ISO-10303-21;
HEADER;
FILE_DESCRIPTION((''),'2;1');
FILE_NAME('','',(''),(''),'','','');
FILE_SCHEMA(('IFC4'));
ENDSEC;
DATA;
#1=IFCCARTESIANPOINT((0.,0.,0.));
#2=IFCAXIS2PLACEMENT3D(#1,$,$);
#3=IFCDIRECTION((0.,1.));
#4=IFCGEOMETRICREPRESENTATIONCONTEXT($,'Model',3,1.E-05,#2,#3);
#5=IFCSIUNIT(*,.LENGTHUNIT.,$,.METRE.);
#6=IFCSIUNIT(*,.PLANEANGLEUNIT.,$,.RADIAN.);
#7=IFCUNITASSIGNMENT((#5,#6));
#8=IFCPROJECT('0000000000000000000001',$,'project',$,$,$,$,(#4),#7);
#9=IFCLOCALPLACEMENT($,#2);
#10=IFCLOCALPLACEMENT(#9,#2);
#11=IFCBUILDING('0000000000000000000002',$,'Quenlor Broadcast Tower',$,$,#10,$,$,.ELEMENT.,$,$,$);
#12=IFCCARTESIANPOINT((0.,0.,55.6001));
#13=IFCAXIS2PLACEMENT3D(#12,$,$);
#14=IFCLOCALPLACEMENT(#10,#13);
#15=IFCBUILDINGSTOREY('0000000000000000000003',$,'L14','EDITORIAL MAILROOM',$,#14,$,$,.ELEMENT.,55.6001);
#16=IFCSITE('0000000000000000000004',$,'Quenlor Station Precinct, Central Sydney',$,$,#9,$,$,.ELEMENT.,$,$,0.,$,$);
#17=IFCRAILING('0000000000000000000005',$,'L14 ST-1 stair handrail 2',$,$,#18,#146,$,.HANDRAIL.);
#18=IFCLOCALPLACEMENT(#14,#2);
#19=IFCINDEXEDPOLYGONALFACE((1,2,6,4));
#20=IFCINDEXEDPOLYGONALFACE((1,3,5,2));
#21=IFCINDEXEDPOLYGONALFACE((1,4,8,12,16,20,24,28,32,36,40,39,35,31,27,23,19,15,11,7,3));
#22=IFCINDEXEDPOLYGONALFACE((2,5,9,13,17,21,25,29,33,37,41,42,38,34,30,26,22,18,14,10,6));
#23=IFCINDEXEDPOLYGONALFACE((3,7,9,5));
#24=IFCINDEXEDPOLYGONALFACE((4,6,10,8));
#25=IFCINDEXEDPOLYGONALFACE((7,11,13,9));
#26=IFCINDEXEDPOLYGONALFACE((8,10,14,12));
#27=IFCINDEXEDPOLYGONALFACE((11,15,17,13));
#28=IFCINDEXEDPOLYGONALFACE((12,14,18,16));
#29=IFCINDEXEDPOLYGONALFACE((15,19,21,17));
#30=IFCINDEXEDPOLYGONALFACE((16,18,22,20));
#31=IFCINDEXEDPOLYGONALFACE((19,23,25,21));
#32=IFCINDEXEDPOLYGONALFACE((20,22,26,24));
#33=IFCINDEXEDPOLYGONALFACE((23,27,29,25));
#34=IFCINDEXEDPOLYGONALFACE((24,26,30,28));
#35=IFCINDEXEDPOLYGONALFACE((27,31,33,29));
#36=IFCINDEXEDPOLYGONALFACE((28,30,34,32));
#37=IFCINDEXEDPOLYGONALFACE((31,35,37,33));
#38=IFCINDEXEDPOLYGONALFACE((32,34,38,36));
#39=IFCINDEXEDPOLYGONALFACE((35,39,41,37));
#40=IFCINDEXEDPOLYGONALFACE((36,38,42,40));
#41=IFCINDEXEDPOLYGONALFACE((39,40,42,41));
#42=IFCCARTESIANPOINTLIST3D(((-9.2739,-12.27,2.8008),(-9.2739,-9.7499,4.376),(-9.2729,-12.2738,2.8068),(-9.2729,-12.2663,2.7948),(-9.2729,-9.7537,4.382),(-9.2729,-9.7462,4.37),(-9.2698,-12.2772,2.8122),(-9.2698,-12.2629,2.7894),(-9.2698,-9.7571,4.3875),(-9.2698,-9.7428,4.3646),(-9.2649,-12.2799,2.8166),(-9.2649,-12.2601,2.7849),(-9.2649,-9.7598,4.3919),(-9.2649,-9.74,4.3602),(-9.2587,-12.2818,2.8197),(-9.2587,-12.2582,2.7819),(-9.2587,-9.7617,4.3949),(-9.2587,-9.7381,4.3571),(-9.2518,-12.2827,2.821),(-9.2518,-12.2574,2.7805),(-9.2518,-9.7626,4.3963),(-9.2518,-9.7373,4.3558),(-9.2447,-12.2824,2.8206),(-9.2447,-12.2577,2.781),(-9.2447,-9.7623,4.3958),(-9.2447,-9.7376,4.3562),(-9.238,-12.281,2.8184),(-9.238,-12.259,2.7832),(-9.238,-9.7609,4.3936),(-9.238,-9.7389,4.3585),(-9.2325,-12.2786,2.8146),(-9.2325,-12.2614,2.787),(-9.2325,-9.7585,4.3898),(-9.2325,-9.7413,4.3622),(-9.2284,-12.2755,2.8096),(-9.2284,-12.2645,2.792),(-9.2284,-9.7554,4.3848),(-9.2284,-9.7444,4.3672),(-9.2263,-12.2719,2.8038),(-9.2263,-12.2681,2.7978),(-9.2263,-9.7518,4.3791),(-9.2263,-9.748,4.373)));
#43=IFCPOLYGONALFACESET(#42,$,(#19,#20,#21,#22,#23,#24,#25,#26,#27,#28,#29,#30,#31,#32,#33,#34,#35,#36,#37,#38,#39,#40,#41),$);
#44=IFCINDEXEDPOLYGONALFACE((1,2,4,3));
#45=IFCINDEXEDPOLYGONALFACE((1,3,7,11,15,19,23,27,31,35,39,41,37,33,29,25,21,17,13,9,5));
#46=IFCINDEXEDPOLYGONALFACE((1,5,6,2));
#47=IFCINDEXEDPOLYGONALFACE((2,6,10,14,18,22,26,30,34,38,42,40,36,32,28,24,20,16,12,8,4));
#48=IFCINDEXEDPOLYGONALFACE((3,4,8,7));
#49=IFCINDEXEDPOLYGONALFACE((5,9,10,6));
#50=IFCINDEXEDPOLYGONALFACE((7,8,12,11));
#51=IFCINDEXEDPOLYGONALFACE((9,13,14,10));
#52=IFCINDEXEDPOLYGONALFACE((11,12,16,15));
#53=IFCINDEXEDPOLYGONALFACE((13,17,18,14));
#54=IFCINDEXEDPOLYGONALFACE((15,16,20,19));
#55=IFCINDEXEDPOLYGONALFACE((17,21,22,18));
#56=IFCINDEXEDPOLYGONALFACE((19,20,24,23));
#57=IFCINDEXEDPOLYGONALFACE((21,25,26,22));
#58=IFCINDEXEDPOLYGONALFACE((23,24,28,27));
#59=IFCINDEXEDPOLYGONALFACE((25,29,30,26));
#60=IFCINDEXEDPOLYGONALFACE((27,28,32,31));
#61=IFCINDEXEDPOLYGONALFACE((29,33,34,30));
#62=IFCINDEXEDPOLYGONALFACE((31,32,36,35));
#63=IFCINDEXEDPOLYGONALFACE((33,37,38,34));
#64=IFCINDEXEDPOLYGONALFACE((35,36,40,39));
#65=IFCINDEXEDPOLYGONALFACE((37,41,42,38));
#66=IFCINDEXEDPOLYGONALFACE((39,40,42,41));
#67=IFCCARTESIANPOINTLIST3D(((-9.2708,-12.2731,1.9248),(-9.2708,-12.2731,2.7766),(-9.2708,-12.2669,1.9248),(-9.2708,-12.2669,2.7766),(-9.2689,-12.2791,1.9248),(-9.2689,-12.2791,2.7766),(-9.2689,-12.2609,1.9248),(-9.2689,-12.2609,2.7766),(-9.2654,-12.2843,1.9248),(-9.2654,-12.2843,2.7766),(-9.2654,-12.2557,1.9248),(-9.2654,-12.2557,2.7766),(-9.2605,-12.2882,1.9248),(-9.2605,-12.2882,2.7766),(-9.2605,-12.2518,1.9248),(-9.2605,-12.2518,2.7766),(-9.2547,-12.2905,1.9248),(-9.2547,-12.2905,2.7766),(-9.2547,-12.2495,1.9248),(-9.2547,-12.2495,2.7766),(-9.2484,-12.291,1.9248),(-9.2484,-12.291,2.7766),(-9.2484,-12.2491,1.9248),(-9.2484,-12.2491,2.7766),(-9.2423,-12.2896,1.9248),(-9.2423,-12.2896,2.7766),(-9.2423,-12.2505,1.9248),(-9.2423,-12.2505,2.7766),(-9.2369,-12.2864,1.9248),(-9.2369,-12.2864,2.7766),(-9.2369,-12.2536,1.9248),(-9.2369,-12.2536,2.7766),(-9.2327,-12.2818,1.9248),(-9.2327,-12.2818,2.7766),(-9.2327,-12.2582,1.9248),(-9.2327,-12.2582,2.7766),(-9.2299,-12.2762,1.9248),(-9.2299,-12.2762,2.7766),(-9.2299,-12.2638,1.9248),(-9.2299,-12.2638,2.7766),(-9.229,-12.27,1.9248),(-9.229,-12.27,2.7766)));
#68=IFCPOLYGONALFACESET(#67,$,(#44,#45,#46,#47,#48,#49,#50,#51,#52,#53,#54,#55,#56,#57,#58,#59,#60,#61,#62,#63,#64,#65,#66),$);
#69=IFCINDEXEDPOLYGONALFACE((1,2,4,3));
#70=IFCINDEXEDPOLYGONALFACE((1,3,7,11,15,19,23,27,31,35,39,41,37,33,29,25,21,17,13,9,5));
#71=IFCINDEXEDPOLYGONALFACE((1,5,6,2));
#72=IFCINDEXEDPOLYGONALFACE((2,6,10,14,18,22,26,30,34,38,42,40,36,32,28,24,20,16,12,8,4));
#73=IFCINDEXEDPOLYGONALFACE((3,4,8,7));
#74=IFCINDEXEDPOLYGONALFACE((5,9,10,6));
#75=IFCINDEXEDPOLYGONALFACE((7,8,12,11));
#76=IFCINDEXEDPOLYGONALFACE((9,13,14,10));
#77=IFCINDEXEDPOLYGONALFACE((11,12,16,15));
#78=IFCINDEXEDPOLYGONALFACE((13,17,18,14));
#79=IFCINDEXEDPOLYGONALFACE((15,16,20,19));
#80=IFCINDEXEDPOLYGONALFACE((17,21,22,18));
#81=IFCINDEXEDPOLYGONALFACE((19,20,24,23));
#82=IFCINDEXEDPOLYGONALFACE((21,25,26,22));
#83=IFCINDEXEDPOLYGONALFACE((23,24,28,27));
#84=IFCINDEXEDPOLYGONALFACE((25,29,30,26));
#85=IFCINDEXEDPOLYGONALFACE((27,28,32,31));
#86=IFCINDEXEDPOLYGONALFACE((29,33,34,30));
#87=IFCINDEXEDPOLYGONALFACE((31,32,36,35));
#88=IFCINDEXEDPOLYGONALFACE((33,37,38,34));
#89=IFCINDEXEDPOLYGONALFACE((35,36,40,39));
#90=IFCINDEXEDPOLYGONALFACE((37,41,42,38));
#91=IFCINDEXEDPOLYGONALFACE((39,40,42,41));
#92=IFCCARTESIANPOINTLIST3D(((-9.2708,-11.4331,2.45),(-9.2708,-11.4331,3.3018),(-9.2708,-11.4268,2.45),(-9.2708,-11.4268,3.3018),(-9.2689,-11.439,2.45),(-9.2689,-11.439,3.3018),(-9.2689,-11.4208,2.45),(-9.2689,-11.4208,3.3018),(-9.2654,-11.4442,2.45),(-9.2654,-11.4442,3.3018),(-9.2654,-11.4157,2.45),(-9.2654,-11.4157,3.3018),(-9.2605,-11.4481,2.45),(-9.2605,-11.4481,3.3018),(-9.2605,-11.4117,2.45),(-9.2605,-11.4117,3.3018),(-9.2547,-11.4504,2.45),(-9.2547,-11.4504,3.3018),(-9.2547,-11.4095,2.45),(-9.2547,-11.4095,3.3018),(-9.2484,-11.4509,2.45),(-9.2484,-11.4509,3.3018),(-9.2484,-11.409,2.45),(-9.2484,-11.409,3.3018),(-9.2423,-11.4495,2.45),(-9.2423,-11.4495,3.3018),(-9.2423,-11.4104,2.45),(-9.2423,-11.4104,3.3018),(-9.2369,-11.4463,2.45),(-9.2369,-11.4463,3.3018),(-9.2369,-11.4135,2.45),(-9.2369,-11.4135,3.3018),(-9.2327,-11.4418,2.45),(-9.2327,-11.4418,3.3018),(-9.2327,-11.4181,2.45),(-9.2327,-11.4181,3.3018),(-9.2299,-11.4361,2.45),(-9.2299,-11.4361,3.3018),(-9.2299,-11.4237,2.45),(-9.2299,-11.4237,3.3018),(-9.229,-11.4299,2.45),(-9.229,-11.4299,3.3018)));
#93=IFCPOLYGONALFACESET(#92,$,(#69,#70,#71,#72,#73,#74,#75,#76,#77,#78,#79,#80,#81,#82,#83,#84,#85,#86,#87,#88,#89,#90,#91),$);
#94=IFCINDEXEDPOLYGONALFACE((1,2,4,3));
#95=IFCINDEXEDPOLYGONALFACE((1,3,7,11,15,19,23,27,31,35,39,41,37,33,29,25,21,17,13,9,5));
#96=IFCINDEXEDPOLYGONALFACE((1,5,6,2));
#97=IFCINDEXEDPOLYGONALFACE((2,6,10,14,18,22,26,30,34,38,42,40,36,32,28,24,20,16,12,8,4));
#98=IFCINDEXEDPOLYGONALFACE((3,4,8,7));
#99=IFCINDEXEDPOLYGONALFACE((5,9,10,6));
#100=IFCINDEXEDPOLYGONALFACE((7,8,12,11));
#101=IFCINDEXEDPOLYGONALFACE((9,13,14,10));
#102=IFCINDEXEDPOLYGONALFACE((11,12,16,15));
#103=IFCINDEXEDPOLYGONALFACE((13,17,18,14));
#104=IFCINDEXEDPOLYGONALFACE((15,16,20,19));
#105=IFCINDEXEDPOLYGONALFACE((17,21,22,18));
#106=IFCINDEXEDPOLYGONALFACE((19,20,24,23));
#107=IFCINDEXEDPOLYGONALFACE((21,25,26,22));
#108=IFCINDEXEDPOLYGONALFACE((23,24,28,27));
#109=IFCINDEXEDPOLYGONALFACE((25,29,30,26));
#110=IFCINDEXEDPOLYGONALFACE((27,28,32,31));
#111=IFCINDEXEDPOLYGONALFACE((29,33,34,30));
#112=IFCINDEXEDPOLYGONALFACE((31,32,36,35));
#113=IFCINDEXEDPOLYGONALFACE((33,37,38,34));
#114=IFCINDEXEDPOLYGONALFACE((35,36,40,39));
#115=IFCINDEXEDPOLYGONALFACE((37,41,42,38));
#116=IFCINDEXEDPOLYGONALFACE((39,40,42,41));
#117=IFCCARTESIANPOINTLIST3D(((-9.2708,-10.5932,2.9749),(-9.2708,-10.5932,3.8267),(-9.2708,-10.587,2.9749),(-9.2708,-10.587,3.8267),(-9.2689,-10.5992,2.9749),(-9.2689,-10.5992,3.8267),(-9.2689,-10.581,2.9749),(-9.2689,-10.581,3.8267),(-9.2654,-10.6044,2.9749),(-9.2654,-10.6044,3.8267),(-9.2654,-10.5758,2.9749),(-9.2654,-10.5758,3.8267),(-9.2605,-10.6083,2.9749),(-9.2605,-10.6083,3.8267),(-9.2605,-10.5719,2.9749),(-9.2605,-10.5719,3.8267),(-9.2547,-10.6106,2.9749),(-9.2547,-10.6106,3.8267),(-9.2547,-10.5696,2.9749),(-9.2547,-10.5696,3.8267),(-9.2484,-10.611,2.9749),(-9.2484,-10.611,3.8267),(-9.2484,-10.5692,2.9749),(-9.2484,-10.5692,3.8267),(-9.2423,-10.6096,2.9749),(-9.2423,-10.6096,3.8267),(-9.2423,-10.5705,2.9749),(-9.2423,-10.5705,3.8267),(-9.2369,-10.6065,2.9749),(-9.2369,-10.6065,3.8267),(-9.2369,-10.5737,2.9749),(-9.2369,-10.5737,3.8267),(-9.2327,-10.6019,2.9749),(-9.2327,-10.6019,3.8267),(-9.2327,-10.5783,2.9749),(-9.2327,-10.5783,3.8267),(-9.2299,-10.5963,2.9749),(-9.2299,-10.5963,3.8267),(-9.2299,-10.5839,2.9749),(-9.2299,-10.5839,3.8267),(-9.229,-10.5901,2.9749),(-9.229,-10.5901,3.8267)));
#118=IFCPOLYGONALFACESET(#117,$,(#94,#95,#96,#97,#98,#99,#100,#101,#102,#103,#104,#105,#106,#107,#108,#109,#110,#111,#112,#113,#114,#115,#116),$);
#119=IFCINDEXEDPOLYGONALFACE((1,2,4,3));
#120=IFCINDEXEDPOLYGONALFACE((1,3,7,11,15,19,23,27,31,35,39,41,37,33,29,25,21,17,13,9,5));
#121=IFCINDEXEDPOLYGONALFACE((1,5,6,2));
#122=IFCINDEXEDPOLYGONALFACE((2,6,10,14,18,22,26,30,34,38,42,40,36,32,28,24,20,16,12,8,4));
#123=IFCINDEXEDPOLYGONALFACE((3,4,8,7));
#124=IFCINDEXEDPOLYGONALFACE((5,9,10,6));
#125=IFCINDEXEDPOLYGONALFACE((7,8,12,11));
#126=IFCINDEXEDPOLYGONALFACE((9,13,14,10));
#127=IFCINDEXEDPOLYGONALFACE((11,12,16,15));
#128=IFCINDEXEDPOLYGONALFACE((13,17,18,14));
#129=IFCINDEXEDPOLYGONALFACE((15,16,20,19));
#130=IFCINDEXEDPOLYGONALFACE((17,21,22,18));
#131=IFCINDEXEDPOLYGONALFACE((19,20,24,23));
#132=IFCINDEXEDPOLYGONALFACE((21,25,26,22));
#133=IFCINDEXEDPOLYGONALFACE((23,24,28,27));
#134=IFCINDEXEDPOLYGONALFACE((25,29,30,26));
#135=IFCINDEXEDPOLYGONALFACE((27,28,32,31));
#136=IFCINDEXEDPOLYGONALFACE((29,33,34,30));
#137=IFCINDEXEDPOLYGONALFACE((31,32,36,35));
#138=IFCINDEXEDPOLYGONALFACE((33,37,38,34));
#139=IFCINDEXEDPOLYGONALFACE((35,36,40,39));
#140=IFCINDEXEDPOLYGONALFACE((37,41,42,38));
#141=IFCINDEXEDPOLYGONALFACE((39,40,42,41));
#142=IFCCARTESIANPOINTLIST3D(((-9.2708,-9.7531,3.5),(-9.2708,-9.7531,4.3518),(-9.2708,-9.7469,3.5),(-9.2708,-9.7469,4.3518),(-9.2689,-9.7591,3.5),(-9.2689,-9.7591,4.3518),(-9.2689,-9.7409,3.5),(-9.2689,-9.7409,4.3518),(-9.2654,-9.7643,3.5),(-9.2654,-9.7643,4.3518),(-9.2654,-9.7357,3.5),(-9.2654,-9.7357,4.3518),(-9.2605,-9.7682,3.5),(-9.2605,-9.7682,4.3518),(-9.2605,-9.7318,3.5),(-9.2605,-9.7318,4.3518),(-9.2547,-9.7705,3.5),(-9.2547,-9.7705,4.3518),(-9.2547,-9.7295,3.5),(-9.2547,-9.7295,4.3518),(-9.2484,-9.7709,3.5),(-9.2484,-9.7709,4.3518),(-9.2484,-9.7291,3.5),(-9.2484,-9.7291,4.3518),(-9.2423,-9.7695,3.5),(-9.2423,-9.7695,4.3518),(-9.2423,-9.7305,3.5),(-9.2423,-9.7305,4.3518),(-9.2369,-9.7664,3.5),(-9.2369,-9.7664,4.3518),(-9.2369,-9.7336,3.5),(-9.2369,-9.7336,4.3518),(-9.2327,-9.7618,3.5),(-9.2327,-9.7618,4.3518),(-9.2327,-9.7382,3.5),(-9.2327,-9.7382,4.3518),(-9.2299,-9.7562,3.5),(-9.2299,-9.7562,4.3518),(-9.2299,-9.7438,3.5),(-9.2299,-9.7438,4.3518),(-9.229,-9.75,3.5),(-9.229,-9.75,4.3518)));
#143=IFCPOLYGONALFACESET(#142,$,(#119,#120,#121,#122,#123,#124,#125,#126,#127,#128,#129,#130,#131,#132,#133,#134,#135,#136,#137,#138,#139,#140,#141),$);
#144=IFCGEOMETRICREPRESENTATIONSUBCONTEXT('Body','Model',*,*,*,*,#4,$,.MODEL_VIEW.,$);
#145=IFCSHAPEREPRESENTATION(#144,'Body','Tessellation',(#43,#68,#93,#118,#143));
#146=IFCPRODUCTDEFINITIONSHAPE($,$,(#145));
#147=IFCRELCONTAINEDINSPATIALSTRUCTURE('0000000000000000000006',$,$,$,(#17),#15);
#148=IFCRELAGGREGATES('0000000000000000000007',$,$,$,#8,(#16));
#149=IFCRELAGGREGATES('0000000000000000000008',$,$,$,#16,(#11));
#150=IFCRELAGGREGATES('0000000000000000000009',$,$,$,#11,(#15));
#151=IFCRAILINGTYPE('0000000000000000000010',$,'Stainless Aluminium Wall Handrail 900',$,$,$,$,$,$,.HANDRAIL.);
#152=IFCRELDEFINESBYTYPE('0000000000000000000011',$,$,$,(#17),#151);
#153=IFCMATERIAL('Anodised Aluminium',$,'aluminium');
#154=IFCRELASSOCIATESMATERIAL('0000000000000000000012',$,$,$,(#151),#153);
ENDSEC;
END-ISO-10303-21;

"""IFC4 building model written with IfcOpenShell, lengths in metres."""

from ifc_helpers import new_model, si_unit, direction, frame, origin, origin_2d, place, context, subcontext, project, spatial, circle, extrude, material, type_object, element, save


model = new_model("IFC4")

# Units and contexts
model_context = context("Model", 3, precision=1e-05, world=origin(), true_north=direction((0.0, 1.0)))
body_context = subcontext(model_context, "Body", "Model", "MODEL_VIEW")
ifc_project = project(units=[si_unit("LENGTHUNIT", "METRE"), si_unit("PLANEANGLEUNIT", "RADIAN")], contexts=[model_context])

# Site, building, storey
site_placement = place(None, origin())
site = spatial("IfcSite", under=ifc_project, at=site_placement, Name="Quenlor Station Precinct, Central Sydney", CompositionType="ELEMENT", RefElevation=0.0)
building_placement = place(site_placement, origin())
building = spatial("IfcBuilding", under=site, at=building_placement, Name="Quenlor Broadcast Tower", CompositionType="ELEMENT")
storey_placement = place(building_placement, frame((0.0, 0.0, 55.6001)))
storey = spatial("IfcBuildingStorey", under=building, at=storey_placement, Name="L14", Description="EDITORIAL MAILROOM", CompositionType="ELEMENT", Elevation=55.6001)

# Railing
ifc_material_1 = material(Name="Anodised Aluminium", Category="aluminium")
railing_type_1 = type_object("IfcRailingType", Name="Stainless Aluminium Wall Handrail 900", PredefinedType="HANDRAIL", material=ifc_material_1)
railing_1_placement = place(storey_placement, frame((-9.25, -12.27, 1.9248)))
element("IfcRailing", 1, at=railing_1_placement, inside=storey, type_object=railing_type_1, Name="L14 ST-1 stair handrail 2", PredefinedType="HANDRAIL", context=body_context, shape_type="SweptSolid", body=[
    extrude(circle(Radius=0.0239, at=origin_2d()), frame((0.0, 0.0, 0.876), z_axis=(0.0, 0.847971, 0.530043), x_axis=(-1.0, 0.0, 0.0)), (0.0, 0.0, 1.0), 2.9719),
    extrude(circle(Radius=0.021, at=origin_2d()), origin(), (0.0, 0.0, 1.0), 0.8518),
    extrude(circle(Radius=0.021, at=origin_2d()), frame((0.0, 0.8401, 0.5251)), (0.0, 0.0, 1.0), 0.8518),
    extrude(circle(Radius=0.021, at=origin_2d()), frame((0.0, 1.6799, 1.05)), (0.0, 0.0, 1.0), 0.8518),
    extrude(circle(Radius=0.021, at=origin_2d()), frame((0.0, 2.52, 1.5752)), (0.0, 0.0, 1.0), 0.8518),
])

save(model, "model.ifc")
